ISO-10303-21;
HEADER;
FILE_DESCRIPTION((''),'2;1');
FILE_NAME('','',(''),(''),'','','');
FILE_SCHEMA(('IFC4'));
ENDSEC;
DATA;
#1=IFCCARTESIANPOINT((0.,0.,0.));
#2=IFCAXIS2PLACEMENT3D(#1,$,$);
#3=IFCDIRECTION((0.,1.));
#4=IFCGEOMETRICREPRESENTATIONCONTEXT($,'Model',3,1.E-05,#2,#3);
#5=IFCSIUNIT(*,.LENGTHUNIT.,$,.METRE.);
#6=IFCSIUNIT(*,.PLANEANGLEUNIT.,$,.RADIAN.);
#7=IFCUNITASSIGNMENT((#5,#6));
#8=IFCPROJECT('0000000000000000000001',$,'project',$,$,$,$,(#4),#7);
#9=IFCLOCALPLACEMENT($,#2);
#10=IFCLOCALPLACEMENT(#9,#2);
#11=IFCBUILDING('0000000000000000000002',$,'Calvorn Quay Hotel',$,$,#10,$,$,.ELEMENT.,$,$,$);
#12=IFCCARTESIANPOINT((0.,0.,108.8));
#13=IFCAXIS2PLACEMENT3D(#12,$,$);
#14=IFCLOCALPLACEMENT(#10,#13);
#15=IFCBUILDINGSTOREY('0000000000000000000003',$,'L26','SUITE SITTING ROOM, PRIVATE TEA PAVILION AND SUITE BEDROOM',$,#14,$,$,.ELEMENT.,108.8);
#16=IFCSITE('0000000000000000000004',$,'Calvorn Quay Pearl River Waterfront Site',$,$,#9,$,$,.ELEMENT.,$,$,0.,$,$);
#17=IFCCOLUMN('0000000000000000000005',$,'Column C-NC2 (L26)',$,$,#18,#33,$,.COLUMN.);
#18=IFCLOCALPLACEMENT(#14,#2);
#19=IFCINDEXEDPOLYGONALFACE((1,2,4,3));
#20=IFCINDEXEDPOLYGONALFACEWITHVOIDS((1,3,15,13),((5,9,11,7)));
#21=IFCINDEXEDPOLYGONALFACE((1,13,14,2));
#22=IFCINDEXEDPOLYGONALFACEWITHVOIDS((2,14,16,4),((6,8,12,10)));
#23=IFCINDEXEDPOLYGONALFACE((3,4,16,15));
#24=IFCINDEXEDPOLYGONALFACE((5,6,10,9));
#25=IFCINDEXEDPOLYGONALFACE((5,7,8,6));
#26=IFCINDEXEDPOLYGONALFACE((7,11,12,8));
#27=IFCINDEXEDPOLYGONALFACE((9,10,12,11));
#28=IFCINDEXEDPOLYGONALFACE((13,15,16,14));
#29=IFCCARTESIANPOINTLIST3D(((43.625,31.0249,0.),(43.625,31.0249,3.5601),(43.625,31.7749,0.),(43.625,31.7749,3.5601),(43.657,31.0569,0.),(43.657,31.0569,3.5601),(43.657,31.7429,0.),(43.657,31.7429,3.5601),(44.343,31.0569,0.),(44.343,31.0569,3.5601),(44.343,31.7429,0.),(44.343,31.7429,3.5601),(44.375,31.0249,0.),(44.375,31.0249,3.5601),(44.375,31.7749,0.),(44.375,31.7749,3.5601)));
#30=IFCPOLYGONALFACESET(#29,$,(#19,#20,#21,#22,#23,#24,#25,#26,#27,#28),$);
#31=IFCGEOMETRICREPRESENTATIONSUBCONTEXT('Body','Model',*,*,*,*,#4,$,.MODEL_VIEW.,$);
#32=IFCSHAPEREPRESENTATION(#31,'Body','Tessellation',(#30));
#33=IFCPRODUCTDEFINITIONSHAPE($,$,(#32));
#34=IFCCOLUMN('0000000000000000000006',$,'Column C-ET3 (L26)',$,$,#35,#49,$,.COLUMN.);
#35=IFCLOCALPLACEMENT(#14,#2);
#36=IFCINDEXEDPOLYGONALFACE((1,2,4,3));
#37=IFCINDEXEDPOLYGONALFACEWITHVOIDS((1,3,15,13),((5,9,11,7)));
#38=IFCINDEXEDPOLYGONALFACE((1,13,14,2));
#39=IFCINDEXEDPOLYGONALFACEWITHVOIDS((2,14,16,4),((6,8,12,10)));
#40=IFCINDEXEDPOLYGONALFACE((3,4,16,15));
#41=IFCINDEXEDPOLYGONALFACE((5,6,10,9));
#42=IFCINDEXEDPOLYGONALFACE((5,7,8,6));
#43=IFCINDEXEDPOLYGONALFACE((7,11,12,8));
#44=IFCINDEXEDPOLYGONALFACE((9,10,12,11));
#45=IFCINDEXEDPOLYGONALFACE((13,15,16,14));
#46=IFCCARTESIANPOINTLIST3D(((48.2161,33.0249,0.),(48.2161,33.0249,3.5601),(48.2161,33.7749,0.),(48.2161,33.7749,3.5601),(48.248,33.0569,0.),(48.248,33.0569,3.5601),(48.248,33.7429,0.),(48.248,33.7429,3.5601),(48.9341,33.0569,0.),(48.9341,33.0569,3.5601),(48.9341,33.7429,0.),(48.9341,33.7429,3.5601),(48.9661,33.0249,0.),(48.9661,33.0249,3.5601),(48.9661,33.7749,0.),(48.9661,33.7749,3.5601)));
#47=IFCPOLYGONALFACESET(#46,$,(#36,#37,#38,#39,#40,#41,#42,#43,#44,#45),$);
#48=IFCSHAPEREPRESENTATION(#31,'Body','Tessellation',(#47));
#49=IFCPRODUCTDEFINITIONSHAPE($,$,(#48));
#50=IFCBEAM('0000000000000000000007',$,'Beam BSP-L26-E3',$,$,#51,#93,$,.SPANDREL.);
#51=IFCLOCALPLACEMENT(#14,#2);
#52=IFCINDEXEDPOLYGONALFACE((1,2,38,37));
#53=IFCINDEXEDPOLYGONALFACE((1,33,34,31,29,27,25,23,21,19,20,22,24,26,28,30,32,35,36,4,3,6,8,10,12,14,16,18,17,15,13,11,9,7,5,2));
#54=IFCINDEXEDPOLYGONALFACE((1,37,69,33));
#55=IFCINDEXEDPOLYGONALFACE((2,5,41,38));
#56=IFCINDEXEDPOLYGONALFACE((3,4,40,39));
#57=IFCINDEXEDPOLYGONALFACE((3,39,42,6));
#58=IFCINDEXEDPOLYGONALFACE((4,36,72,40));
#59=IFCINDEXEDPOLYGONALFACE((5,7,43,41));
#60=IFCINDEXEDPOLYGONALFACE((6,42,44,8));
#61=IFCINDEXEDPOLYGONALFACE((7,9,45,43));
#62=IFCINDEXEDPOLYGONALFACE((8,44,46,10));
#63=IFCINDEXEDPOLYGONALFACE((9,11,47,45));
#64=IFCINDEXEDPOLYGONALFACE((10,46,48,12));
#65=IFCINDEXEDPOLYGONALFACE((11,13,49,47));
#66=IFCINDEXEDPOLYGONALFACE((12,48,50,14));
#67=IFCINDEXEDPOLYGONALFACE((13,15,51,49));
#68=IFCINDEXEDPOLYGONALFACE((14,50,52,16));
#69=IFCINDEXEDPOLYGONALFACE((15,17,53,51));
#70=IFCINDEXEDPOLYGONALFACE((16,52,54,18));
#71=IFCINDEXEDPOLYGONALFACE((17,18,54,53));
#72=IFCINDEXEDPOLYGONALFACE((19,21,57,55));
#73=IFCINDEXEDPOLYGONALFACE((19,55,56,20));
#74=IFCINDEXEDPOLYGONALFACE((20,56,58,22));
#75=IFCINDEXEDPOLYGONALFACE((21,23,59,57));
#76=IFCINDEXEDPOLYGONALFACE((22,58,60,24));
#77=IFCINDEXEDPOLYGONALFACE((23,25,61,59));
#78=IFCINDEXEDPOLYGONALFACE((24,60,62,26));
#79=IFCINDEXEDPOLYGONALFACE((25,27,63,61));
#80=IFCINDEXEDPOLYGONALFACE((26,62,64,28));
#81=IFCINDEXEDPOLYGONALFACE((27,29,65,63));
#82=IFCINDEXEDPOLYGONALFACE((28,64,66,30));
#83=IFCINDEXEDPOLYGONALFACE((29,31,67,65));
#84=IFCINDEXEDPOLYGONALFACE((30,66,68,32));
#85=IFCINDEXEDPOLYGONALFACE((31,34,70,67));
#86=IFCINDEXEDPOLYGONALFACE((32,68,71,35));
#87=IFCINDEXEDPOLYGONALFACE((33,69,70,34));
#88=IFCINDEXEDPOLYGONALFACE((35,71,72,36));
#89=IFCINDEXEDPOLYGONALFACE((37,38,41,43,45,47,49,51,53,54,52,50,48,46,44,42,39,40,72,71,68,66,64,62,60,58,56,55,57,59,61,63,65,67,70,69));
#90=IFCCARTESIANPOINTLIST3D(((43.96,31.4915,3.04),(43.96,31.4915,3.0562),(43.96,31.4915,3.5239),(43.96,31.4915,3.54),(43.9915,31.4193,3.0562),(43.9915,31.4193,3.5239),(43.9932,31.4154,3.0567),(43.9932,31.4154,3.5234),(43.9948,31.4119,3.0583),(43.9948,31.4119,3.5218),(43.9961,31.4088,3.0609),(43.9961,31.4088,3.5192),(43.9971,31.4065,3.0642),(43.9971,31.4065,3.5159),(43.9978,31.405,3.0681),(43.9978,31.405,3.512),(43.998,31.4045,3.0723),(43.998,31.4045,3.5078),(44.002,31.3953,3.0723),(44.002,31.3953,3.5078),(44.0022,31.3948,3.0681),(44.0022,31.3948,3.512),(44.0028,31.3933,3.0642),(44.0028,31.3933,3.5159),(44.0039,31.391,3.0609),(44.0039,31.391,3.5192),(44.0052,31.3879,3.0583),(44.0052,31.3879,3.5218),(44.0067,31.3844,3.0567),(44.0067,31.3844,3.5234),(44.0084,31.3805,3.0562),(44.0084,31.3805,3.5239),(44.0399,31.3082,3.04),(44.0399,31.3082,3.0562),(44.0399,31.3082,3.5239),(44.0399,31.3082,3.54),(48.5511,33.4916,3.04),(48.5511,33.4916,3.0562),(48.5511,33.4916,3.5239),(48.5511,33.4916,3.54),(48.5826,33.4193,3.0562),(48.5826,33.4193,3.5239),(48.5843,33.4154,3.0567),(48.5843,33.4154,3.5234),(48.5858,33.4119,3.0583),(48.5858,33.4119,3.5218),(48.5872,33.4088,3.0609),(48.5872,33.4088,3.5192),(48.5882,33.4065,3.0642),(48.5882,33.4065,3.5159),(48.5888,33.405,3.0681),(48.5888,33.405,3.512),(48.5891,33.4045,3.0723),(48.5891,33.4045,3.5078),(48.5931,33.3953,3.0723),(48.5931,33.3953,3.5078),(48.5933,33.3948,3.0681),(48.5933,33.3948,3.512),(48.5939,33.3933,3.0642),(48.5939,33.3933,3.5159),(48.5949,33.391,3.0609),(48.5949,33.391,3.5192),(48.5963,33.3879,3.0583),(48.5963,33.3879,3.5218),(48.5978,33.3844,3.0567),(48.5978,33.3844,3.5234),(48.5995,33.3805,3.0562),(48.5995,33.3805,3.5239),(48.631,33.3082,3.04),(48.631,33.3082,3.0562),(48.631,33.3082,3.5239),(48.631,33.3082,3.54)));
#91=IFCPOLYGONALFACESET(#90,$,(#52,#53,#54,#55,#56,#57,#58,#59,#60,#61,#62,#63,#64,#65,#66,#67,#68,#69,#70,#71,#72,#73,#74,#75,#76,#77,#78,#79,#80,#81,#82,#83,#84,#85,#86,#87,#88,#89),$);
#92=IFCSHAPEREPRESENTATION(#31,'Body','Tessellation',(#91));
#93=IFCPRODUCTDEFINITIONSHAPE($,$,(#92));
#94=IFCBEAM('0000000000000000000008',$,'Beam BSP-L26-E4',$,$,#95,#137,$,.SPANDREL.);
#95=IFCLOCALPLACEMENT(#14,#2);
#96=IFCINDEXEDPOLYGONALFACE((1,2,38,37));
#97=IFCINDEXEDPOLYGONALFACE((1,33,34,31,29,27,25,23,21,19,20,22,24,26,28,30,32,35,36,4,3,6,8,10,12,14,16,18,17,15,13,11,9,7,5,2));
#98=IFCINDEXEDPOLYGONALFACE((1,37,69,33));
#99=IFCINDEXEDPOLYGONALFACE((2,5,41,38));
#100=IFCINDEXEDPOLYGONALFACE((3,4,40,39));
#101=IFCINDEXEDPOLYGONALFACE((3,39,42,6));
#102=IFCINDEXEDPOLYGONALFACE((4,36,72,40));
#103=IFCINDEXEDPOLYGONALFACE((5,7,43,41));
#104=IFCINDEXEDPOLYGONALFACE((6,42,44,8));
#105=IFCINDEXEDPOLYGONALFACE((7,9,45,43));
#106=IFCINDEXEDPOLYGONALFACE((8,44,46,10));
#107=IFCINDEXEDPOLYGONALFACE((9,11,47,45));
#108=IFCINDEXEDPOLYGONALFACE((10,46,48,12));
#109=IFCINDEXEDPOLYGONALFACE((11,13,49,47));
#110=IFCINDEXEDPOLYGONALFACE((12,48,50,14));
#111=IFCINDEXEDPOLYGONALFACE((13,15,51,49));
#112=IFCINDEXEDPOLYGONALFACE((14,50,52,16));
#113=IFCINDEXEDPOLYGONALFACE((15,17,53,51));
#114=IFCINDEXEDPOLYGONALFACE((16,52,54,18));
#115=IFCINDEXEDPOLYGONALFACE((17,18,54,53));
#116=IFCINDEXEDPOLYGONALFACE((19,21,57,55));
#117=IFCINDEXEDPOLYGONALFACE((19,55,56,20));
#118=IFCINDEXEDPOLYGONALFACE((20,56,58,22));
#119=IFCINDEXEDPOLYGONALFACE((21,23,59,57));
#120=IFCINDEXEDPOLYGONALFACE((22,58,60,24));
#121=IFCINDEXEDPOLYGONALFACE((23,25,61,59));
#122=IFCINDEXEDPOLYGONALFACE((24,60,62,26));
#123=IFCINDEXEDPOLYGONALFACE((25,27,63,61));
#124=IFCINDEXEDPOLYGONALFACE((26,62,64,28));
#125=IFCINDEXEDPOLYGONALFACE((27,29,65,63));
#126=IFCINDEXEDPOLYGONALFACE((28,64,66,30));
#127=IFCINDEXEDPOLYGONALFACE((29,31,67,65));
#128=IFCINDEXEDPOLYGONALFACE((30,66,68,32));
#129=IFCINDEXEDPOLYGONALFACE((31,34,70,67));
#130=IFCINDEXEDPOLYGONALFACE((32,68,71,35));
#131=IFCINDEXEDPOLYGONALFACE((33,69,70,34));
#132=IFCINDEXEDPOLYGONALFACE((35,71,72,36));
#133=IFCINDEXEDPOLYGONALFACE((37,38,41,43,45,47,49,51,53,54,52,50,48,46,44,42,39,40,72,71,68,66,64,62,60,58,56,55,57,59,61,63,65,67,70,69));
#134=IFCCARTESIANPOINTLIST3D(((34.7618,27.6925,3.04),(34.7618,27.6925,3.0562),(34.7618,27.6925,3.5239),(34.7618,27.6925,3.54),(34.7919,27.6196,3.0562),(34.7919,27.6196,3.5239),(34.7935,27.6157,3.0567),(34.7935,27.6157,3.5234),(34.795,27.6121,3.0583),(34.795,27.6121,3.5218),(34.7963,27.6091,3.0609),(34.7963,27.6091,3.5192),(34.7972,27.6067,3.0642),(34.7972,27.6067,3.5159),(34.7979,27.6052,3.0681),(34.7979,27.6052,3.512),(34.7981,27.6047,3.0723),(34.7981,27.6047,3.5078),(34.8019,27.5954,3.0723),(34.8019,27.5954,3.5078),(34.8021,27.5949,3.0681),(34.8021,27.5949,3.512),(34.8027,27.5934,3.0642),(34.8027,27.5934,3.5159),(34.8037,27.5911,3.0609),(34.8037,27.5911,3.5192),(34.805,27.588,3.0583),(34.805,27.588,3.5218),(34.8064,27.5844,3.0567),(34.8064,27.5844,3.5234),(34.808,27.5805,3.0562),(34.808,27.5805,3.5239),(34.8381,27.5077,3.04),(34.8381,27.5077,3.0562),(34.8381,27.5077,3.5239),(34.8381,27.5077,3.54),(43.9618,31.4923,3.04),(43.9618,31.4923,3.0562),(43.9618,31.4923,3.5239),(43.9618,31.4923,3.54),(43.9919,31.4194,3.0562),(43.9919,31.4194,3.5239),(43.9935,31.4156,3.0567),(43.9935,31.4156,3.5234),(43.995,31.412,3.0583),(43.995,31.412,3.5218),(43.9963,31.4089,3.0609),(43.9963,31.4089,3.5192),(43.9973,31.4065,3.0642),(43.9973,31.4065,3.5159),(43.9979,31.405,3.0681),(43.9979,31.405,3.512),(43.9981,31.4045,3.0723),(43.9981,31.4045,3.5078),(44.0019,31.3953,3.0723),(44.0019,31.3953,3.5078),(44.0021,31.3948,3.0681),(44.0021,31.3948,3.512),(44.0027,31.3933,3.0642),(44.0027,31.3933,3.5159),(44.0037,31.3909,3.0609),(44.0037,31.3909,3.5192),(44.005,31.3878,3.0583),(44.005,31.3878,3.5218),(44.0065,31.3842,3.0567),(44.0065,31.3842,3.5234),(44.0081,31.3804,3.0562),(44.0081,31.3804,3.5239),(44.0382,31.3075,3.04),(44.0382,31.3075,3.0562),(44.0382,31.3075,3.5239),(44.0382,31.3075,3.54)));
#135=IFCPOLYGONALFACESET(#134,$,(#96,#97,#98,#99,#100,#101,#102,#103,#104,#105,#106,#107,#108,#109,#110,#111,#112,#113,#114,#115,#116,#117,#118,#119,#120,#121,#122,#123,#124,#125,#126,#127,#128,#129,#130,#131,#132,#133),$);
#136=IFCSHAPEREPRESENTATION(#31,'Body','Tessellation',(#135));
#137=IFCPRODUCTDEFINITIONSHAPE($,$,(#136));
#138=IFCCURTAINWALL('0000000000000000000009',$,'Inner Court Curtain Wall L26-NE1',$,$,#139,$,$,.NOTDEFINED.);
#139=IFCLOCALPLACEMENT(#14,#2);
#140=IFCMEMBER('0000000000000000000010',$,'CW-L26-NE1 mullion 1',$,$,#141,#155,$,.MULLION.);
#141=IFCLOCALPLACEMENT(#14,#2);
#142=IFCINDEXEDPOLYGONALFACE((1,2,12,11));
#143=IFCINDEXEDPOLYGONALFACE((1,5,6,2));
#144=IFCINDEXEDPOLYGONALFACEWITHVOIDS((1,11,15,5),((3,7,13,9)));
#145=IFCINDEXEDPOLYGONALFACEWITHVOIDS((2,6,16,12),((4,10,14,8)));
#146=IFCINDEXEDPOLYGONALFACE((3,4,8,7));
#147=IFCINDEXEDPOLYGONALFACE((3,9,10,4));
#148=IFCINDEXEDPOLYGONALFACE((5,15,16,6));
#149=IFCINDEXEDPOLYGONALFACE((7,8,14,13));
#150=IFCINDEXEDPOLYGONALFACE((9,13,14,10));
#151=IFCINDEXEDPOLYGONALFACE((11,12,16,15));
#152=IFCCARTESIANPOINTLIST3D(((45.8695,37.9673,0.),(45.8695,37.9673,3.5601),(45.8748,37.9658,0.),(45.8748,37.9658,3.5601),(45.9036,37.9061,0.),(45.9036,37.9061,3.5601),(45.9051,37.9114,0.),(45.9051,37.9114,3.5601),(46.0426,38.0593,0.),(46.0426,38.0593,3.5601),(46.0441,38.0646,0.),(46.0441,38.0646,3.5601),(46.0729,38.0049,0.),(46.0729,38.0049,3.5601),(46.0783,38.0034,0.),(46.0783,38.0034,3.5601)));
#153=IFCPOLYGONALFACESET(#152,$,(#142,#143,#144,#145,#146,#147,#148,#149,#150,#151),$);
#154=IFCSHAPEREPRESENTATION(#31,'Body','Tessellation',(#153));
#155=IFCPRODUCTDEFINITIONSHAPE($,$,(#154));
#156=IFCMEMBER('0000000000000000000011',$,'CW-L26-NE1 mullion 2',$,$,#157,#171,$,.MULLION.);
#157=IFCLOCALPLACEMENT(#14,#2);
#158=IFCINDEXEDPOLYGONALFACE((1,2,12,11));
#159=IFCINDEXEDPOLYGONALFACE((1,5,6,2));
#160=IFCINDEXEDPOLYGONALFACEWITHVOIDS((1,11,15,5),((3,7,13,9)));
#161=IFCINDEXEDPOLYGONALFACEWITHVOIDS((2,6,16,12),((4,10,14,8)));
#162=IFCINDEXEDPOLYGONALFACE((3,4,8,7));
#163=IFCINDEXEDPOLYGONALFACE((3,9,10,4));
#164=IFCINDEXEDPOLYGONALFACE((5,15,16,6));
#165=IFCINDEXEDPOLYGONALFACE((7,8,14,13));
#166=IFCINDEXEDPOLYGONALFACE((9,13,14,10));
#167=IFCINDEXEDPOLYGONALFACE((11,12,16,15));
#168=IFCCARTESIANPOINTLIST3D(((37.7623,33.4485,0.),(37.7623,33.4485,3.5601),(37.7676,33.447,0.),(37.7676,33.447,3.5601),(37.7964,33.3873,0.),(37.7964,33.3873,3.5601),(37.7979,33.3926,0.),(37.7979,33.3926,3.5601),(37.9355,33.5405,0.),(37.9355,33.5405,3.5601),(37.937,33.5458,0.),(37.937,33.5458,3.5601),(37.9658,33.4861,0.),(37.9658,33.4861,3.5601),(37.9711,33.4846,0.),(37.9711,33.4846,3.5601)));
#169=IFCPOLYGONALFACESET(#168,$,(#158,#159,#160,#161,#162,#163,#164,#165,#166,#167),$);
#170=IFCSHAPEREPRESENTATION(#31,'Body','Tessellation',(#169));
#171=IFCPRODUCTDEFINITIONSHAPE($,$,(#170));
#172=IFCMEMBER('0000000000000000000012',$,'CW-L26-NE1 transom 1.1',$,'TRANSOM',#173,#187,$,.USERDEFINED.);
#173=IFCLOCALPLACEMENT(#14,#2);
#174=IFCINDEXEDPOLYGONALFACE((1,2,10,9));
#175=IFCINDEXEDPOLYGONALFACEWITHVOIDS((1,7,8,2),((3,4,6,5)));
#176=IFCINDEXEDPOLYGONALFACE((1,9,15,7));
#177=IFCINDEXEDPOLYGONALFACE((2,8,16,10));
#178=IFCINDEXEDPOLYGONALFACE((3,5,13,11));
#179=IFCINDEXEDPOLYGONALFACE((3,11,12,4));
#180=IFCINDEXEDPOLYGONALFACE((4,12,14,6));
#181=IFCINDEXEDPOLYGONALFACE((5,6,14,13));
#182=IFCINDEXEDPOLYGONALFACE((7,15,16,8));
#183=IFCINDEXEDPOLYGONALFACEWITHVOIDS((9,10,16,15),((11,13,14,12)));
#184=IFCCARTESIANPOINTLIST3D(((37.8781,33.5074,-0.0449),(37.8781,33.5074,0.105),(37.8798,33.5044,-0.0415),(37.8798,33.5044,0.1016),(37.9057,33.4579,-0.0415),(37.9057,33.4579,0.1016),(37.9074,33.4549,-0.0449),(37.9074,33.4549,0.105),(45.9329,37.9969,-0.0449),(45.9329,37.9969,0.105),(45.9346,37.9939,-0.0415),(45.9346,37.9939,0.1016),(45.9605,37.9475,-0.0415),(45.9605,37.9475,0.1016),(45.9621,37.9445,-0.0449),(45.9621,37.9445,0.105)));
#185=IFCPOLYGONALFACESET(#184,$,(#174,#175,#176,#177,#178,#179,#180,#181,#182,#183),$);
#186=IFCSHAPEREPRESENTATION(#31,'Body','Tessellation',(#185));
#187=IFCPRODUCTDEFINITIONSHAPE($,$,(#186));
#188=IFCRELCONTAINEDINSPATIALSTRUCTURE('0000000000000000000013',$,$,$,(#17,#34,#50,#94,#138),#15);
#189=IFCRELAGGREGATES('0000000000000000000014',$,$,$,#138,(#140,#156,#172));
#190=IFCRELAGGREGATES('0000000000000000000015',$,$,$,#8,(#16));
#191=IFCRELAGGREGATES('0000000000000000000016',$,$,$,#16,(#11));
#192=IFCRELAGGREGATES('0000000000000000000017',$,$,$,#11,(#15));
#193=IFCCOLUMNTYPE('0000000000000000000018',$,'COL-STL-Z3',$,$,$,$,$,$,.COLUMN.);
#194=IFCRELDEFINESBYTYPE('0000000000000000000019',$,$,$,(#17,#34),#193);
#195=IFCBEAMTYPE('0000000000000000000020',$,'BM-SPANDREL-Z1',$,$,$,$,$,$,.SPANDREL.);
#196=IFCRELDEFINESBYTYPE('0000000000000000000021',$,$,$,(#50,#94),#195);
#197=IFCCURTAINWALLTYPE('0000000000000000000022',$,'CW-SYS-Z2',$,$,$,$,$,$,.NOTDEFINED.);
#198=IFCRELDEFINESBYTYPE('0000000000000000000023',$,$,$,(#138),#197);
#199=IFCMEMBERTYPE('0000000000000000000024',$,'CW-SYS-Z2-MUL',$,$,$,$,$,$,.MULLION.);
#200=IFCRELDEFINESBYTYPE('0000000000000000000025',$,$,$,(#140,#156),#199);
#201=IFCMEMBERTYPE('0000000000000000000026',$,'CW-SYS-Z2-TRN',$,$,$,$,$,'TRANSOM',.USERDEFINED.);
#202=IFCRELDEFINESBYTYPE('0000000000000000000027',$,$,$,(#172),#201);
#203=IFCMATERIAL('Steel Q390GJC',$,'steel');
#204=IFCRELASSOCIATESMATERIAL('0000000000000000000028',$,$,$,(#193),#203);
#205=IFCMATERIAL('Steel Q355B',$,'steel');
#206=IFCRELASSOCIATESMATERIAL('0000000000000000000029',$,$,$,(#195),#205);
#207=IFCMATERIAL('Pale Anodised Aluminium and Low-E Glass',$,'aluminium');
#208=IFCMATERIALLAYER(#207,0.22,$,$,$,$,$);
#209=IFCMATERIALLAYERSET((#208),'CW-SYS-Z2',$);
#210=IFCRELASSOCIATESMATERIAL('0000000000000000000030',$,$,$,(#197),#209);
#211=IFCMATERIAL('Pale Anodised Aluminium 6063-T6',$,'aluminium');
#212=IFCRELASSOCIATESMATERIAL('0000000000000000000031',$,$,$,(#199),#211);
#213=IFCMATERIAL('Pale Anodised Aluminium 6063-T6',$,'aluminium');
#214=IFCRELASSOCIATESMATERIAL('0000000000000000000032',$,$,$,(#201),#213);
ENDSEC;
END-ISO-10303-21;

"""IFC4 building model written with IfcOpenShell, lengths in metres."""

from ifc_helpers import new_model, si_unit, direction, frame, origin, origin_2d, place, context, subcontext, project, spatial, hollow_rectangle, i_section, extrude, material, layer, layer_set, material_profile, profile_set, type_object, element, aggregate, save


model = new_model("IFC4")

# Units and contexts
model_context = context("Model", 3, precision=1e-05, world=origin(), true_north=direction((0.0, 1.0)))
body_context = subcontext(model_context, "Body", "Model", "MODEL_VIEW")
ifc_project = project(units=[si_unit("LENGTHUNIT", "METRE"), si_unit("PLANEANGLEUNIT", "RADIAN")], contexts=[model_context])

# Site, building, storey
site_placement = place(None, origin())
site = spatial("IfcSite", under=ifc_project, at=site_placement, Name="Calvorn Quay Pearl River Waterfront Site", CompositionType="ELEMENT", RefElevation=0.0)
building_placement = place(site_placement, origin())
building = spatial("IfcBuilding", under=site, at=building_placement, Name="Calvorn Quay Hotel", CompositionType="ELEMENT")
storey_placement = place(building_placement, frame((0.0, 0.0, 108.8)))
storey = spatial("IfcBuildingStorey", under=building, at=storey_placement, Name="L26", Description="SUITE SITTING ROOM, PRIVATE TEA PAVILION AND SUITE BEDROOM", CompositionType="ELEMENT", Elevation=108.8)

# Columns
ifc_material_1 = material(Name="Steel Q390GJC", Category="steel")
ifc_material_profile_1 = material_profile(ifc_material_1, hollow_rectangle(XDim=0.75, YDim=0.75, WallThickness=0.032, at=origin_2d()), Name="BOX750x750x32")
ifc_profile_set_1 = profile_set([ifc_material_profile_1], Name="Steel Q390GJC")
column_type = type_object("IfcColumnType", Name="COL-STL-Z3", PredefinedType="COLUMN", material=ifc_profile_set_1)
for number, where, z_axis, x_axis, name in (
    (1, (44.0, 31.3999, 0.0), (0.0, 0.0, 1.0), (1.0, 0.0, 0.0), "Column C-NC2 (L26)"),
    (2, (48.5911, 33.3999, 0.0), (0.0, 0.0, 1.0), (1.0, 0.0, 0.0), "Column C-ET3 (L26)"),
):
    element("IfcColumn", number, at=place(storey_placement, frame(where, z_axis=z_axis, x_axis=x_axis)), inside=storey, type_object=column_type, Name=name, PredefinedType="COLUMN", context=body_context, shape_type="SweptSolid", body=[
        extrude(hollow_rectangle(XDim=0.75, YDim=0.75, WallThickness=0.032, at=origin_2d()), origin(), (0.0, 0.0, 1.0), 3.5601),
    ])

# Beams
ifc_material_2 = material(Name="Steel Q355B", Category="steel")
ifc_material_profile_2 = material_profile(ifc_material_2, i_section(OverallWidth=0.2, OverallDepth=0.5, WebThickness=0.01, FlangeThickness=0.0161, FilletRadius=0.0161, at=origin_2d()), Name="HN500x200x10x16")
ifc_profile_set_2 = profile_set([ifc_material_profile_2], Name="Steel Q355B")
beam_type = type_object("IfcBeamType", Name="BM-SPANDREL-Z1", PredefinedType="SPANDREL", material=ifc_profile_set_2)
beam_1_placement = place(storey_placement, frame((48.5911, 33.3999, 3.29), z_axis=(-0.916786, -0.399378, 0.0), x_axis=(0.399378, -0.916786, 0.0)))
element("IfcBeam", 3, at=beam_1_placement, inside=storey, type_object=beam_type, Name="Beam BSP-L26-E3", PredefinedType="SPANDREL", context=body_context, shape_type="SweptSolid", body=[
    extrude(i_section(OverallWidth=0.2, OverallDepth=0.5, WebThickness=0.01, FlangeThickness=0.0161, FilletRadius=0.0161, at=origin_2d()), origin(), (0.0, 0.0, 1.0), 5.0078),
])
beam_2_placement = place(storey_placement, frame((44.0, 31.3999, 3.29), z_axis=(-0.924268, -0.381745, 0.0), x_axis=(0.381745, -0.924268, 0.0)))
element("IfcBeam", 4, at=beam_2_placement, inside=storey, type_object=beam_type, Name="Beam BSP-L26-E4", PredefinedType="SPANDREL", context=body_context, shape_type="SweptSolid", body=[
    extrude(i_section(OverallWidth=0.2, OverallDepth=0.5, WebThickness=0.01, FlangeThickness=0.0161, FilletRadius=0.0161, at=origin_2d()), origin(), (0.0, 0.0, 1.0), 9.9539),
])

# Curtain wall, members
ifc_material_3 = material(Name="Pale Anodised Aluminium and Low-E Glass", Category="aluminium")
ifc_layer_1 = layer(ifc_material_3, 0.22)
ifc_layer_set_1 = layer_set([ifc_layer_1], Name="CW-SYS-Z2")
curtain_wall_type = type_object("IfcCurtainWallType", Name="CW-SYS-Z2", PredefinedType="NOTDEFINED", material=ifc_layer_set_1)
curtain_wall_placement = place(storey_placement, origin())
curtain_wall = element("IfcCurtainWall", 5, at=curtain_wall_placement, inside=storey, type_object=curtain_wall_type, Name="Inner Court Curtain Wall L26-NE1", PredefinedType="NOTDEFINED")
ifc_material_4 = material(Name="Pale Anodised Aluminium 6063-T6", Category="aluminium")
ifc_material_profile_3 = material_profile(ifc_material_4, hollow_rectangle(XDim=0.0701, YDim=0.2, WallThickness=0.0039, at=origin_2d()), Name="ALU-M200x70x4")
ifc_profile_set_3 = profile_set([ifc_material_profile_3], Name="Pale Anodised Aluminium 6063-T6")
member_type_1 = type_object("IfcMemberType", Name="CW-SYS-Z2-MUL", PredefinedType="MULLION", material=ifc_profile_set_3)
member_1_placement = place(storey_placement, frame((45.9739, 37.9854, 0.0), z_axis=(0.0, 0.0, 1.0), x_axis=(0.486858, -0.873481, 0.0)))
member_1 = element("IfcMember", 6, at=member_1_placement, type_object=member_type_1, Name="CW-L26-NE1 mullion 1", PredefinedType="MULLION", context=body_context, shape_type="SweptSolid", body=[
    extrude(hollow_rectangle(XDim=0.0701, YDim=0.2, WallThickness=0.0039, at=origin_2d()), origin(), (0.0, 0.0, 1.0), 3.5601),
])
member_2_placement = place(storey_placement, frame((37.8667, 33.4666, 0.0), z_axis=(0.0, 0.0, 1.0), x_axis=(0.486858, -0.873481, 0.0)))
member_2 = element("IfcMember", 7, at=member_2_placement, type_object=member_type_1, Name="CW-L26-NE1 mullion 2", PredefinedType="MULLION", context=body_context, shape_type="SweptSolid", body=[
    extrude(hollow_rectangle(XDim=0.0701, YDim=0.2, WallThickness=0.0039, at=origin_2d()), origin(), (0.0, 0.0, 1.0), 3.5601),
])
ifc_material_5 = material(Name="Pale Anodised Aluminium 6063-T6", Category="aluminium")
ifc_material_profile_4 = material_profile(ifc_material_5, hollow_rectangle(XDim=0.0601, YDim=0.1499, WallThickness=0.0034, at=origin_2d()), Name="ALU-T150x60x3.5")
ifc_profile_set_4 = profile_set([ifc_material_profile_4], Name="Pale Anodised Aluminium 6063-T6")
member_type_2 = type_object("IfcMemberType", Name="CW-SYS-Z2-TRN", ElementType="TRANSOM", PredefinedType="USERDEFINED", material=ifc_profile_set_4)
member_3_placement = place(storey_placement, frame((45.9475, 37.9707, 0.03), z_axis=(-0.873481, -0.486859, 0.0), x_axis=(0.486859, -0.873481, 0.0)))
member_3 = element("IfcMember", 8, at=member_3_placement, type_object=member_type_2, Name="CW-L26-NE1 transom 1.1", ObjectType="TRANSOM", PredefinedType="USERDEFINED", context=body_context, shape_type="SweptSolid", body=[
    extrude(hollow_rectangle(XDim=0.0601, YDim=0.1499, WallThickness=0.0034, at=origin_2d()), origin(), (0.0, 0.0, 1.0), 9.2214),
])
aggregate(curtain_wall, [member_1, member_2, member_3])

save(model, "model.ifc")
